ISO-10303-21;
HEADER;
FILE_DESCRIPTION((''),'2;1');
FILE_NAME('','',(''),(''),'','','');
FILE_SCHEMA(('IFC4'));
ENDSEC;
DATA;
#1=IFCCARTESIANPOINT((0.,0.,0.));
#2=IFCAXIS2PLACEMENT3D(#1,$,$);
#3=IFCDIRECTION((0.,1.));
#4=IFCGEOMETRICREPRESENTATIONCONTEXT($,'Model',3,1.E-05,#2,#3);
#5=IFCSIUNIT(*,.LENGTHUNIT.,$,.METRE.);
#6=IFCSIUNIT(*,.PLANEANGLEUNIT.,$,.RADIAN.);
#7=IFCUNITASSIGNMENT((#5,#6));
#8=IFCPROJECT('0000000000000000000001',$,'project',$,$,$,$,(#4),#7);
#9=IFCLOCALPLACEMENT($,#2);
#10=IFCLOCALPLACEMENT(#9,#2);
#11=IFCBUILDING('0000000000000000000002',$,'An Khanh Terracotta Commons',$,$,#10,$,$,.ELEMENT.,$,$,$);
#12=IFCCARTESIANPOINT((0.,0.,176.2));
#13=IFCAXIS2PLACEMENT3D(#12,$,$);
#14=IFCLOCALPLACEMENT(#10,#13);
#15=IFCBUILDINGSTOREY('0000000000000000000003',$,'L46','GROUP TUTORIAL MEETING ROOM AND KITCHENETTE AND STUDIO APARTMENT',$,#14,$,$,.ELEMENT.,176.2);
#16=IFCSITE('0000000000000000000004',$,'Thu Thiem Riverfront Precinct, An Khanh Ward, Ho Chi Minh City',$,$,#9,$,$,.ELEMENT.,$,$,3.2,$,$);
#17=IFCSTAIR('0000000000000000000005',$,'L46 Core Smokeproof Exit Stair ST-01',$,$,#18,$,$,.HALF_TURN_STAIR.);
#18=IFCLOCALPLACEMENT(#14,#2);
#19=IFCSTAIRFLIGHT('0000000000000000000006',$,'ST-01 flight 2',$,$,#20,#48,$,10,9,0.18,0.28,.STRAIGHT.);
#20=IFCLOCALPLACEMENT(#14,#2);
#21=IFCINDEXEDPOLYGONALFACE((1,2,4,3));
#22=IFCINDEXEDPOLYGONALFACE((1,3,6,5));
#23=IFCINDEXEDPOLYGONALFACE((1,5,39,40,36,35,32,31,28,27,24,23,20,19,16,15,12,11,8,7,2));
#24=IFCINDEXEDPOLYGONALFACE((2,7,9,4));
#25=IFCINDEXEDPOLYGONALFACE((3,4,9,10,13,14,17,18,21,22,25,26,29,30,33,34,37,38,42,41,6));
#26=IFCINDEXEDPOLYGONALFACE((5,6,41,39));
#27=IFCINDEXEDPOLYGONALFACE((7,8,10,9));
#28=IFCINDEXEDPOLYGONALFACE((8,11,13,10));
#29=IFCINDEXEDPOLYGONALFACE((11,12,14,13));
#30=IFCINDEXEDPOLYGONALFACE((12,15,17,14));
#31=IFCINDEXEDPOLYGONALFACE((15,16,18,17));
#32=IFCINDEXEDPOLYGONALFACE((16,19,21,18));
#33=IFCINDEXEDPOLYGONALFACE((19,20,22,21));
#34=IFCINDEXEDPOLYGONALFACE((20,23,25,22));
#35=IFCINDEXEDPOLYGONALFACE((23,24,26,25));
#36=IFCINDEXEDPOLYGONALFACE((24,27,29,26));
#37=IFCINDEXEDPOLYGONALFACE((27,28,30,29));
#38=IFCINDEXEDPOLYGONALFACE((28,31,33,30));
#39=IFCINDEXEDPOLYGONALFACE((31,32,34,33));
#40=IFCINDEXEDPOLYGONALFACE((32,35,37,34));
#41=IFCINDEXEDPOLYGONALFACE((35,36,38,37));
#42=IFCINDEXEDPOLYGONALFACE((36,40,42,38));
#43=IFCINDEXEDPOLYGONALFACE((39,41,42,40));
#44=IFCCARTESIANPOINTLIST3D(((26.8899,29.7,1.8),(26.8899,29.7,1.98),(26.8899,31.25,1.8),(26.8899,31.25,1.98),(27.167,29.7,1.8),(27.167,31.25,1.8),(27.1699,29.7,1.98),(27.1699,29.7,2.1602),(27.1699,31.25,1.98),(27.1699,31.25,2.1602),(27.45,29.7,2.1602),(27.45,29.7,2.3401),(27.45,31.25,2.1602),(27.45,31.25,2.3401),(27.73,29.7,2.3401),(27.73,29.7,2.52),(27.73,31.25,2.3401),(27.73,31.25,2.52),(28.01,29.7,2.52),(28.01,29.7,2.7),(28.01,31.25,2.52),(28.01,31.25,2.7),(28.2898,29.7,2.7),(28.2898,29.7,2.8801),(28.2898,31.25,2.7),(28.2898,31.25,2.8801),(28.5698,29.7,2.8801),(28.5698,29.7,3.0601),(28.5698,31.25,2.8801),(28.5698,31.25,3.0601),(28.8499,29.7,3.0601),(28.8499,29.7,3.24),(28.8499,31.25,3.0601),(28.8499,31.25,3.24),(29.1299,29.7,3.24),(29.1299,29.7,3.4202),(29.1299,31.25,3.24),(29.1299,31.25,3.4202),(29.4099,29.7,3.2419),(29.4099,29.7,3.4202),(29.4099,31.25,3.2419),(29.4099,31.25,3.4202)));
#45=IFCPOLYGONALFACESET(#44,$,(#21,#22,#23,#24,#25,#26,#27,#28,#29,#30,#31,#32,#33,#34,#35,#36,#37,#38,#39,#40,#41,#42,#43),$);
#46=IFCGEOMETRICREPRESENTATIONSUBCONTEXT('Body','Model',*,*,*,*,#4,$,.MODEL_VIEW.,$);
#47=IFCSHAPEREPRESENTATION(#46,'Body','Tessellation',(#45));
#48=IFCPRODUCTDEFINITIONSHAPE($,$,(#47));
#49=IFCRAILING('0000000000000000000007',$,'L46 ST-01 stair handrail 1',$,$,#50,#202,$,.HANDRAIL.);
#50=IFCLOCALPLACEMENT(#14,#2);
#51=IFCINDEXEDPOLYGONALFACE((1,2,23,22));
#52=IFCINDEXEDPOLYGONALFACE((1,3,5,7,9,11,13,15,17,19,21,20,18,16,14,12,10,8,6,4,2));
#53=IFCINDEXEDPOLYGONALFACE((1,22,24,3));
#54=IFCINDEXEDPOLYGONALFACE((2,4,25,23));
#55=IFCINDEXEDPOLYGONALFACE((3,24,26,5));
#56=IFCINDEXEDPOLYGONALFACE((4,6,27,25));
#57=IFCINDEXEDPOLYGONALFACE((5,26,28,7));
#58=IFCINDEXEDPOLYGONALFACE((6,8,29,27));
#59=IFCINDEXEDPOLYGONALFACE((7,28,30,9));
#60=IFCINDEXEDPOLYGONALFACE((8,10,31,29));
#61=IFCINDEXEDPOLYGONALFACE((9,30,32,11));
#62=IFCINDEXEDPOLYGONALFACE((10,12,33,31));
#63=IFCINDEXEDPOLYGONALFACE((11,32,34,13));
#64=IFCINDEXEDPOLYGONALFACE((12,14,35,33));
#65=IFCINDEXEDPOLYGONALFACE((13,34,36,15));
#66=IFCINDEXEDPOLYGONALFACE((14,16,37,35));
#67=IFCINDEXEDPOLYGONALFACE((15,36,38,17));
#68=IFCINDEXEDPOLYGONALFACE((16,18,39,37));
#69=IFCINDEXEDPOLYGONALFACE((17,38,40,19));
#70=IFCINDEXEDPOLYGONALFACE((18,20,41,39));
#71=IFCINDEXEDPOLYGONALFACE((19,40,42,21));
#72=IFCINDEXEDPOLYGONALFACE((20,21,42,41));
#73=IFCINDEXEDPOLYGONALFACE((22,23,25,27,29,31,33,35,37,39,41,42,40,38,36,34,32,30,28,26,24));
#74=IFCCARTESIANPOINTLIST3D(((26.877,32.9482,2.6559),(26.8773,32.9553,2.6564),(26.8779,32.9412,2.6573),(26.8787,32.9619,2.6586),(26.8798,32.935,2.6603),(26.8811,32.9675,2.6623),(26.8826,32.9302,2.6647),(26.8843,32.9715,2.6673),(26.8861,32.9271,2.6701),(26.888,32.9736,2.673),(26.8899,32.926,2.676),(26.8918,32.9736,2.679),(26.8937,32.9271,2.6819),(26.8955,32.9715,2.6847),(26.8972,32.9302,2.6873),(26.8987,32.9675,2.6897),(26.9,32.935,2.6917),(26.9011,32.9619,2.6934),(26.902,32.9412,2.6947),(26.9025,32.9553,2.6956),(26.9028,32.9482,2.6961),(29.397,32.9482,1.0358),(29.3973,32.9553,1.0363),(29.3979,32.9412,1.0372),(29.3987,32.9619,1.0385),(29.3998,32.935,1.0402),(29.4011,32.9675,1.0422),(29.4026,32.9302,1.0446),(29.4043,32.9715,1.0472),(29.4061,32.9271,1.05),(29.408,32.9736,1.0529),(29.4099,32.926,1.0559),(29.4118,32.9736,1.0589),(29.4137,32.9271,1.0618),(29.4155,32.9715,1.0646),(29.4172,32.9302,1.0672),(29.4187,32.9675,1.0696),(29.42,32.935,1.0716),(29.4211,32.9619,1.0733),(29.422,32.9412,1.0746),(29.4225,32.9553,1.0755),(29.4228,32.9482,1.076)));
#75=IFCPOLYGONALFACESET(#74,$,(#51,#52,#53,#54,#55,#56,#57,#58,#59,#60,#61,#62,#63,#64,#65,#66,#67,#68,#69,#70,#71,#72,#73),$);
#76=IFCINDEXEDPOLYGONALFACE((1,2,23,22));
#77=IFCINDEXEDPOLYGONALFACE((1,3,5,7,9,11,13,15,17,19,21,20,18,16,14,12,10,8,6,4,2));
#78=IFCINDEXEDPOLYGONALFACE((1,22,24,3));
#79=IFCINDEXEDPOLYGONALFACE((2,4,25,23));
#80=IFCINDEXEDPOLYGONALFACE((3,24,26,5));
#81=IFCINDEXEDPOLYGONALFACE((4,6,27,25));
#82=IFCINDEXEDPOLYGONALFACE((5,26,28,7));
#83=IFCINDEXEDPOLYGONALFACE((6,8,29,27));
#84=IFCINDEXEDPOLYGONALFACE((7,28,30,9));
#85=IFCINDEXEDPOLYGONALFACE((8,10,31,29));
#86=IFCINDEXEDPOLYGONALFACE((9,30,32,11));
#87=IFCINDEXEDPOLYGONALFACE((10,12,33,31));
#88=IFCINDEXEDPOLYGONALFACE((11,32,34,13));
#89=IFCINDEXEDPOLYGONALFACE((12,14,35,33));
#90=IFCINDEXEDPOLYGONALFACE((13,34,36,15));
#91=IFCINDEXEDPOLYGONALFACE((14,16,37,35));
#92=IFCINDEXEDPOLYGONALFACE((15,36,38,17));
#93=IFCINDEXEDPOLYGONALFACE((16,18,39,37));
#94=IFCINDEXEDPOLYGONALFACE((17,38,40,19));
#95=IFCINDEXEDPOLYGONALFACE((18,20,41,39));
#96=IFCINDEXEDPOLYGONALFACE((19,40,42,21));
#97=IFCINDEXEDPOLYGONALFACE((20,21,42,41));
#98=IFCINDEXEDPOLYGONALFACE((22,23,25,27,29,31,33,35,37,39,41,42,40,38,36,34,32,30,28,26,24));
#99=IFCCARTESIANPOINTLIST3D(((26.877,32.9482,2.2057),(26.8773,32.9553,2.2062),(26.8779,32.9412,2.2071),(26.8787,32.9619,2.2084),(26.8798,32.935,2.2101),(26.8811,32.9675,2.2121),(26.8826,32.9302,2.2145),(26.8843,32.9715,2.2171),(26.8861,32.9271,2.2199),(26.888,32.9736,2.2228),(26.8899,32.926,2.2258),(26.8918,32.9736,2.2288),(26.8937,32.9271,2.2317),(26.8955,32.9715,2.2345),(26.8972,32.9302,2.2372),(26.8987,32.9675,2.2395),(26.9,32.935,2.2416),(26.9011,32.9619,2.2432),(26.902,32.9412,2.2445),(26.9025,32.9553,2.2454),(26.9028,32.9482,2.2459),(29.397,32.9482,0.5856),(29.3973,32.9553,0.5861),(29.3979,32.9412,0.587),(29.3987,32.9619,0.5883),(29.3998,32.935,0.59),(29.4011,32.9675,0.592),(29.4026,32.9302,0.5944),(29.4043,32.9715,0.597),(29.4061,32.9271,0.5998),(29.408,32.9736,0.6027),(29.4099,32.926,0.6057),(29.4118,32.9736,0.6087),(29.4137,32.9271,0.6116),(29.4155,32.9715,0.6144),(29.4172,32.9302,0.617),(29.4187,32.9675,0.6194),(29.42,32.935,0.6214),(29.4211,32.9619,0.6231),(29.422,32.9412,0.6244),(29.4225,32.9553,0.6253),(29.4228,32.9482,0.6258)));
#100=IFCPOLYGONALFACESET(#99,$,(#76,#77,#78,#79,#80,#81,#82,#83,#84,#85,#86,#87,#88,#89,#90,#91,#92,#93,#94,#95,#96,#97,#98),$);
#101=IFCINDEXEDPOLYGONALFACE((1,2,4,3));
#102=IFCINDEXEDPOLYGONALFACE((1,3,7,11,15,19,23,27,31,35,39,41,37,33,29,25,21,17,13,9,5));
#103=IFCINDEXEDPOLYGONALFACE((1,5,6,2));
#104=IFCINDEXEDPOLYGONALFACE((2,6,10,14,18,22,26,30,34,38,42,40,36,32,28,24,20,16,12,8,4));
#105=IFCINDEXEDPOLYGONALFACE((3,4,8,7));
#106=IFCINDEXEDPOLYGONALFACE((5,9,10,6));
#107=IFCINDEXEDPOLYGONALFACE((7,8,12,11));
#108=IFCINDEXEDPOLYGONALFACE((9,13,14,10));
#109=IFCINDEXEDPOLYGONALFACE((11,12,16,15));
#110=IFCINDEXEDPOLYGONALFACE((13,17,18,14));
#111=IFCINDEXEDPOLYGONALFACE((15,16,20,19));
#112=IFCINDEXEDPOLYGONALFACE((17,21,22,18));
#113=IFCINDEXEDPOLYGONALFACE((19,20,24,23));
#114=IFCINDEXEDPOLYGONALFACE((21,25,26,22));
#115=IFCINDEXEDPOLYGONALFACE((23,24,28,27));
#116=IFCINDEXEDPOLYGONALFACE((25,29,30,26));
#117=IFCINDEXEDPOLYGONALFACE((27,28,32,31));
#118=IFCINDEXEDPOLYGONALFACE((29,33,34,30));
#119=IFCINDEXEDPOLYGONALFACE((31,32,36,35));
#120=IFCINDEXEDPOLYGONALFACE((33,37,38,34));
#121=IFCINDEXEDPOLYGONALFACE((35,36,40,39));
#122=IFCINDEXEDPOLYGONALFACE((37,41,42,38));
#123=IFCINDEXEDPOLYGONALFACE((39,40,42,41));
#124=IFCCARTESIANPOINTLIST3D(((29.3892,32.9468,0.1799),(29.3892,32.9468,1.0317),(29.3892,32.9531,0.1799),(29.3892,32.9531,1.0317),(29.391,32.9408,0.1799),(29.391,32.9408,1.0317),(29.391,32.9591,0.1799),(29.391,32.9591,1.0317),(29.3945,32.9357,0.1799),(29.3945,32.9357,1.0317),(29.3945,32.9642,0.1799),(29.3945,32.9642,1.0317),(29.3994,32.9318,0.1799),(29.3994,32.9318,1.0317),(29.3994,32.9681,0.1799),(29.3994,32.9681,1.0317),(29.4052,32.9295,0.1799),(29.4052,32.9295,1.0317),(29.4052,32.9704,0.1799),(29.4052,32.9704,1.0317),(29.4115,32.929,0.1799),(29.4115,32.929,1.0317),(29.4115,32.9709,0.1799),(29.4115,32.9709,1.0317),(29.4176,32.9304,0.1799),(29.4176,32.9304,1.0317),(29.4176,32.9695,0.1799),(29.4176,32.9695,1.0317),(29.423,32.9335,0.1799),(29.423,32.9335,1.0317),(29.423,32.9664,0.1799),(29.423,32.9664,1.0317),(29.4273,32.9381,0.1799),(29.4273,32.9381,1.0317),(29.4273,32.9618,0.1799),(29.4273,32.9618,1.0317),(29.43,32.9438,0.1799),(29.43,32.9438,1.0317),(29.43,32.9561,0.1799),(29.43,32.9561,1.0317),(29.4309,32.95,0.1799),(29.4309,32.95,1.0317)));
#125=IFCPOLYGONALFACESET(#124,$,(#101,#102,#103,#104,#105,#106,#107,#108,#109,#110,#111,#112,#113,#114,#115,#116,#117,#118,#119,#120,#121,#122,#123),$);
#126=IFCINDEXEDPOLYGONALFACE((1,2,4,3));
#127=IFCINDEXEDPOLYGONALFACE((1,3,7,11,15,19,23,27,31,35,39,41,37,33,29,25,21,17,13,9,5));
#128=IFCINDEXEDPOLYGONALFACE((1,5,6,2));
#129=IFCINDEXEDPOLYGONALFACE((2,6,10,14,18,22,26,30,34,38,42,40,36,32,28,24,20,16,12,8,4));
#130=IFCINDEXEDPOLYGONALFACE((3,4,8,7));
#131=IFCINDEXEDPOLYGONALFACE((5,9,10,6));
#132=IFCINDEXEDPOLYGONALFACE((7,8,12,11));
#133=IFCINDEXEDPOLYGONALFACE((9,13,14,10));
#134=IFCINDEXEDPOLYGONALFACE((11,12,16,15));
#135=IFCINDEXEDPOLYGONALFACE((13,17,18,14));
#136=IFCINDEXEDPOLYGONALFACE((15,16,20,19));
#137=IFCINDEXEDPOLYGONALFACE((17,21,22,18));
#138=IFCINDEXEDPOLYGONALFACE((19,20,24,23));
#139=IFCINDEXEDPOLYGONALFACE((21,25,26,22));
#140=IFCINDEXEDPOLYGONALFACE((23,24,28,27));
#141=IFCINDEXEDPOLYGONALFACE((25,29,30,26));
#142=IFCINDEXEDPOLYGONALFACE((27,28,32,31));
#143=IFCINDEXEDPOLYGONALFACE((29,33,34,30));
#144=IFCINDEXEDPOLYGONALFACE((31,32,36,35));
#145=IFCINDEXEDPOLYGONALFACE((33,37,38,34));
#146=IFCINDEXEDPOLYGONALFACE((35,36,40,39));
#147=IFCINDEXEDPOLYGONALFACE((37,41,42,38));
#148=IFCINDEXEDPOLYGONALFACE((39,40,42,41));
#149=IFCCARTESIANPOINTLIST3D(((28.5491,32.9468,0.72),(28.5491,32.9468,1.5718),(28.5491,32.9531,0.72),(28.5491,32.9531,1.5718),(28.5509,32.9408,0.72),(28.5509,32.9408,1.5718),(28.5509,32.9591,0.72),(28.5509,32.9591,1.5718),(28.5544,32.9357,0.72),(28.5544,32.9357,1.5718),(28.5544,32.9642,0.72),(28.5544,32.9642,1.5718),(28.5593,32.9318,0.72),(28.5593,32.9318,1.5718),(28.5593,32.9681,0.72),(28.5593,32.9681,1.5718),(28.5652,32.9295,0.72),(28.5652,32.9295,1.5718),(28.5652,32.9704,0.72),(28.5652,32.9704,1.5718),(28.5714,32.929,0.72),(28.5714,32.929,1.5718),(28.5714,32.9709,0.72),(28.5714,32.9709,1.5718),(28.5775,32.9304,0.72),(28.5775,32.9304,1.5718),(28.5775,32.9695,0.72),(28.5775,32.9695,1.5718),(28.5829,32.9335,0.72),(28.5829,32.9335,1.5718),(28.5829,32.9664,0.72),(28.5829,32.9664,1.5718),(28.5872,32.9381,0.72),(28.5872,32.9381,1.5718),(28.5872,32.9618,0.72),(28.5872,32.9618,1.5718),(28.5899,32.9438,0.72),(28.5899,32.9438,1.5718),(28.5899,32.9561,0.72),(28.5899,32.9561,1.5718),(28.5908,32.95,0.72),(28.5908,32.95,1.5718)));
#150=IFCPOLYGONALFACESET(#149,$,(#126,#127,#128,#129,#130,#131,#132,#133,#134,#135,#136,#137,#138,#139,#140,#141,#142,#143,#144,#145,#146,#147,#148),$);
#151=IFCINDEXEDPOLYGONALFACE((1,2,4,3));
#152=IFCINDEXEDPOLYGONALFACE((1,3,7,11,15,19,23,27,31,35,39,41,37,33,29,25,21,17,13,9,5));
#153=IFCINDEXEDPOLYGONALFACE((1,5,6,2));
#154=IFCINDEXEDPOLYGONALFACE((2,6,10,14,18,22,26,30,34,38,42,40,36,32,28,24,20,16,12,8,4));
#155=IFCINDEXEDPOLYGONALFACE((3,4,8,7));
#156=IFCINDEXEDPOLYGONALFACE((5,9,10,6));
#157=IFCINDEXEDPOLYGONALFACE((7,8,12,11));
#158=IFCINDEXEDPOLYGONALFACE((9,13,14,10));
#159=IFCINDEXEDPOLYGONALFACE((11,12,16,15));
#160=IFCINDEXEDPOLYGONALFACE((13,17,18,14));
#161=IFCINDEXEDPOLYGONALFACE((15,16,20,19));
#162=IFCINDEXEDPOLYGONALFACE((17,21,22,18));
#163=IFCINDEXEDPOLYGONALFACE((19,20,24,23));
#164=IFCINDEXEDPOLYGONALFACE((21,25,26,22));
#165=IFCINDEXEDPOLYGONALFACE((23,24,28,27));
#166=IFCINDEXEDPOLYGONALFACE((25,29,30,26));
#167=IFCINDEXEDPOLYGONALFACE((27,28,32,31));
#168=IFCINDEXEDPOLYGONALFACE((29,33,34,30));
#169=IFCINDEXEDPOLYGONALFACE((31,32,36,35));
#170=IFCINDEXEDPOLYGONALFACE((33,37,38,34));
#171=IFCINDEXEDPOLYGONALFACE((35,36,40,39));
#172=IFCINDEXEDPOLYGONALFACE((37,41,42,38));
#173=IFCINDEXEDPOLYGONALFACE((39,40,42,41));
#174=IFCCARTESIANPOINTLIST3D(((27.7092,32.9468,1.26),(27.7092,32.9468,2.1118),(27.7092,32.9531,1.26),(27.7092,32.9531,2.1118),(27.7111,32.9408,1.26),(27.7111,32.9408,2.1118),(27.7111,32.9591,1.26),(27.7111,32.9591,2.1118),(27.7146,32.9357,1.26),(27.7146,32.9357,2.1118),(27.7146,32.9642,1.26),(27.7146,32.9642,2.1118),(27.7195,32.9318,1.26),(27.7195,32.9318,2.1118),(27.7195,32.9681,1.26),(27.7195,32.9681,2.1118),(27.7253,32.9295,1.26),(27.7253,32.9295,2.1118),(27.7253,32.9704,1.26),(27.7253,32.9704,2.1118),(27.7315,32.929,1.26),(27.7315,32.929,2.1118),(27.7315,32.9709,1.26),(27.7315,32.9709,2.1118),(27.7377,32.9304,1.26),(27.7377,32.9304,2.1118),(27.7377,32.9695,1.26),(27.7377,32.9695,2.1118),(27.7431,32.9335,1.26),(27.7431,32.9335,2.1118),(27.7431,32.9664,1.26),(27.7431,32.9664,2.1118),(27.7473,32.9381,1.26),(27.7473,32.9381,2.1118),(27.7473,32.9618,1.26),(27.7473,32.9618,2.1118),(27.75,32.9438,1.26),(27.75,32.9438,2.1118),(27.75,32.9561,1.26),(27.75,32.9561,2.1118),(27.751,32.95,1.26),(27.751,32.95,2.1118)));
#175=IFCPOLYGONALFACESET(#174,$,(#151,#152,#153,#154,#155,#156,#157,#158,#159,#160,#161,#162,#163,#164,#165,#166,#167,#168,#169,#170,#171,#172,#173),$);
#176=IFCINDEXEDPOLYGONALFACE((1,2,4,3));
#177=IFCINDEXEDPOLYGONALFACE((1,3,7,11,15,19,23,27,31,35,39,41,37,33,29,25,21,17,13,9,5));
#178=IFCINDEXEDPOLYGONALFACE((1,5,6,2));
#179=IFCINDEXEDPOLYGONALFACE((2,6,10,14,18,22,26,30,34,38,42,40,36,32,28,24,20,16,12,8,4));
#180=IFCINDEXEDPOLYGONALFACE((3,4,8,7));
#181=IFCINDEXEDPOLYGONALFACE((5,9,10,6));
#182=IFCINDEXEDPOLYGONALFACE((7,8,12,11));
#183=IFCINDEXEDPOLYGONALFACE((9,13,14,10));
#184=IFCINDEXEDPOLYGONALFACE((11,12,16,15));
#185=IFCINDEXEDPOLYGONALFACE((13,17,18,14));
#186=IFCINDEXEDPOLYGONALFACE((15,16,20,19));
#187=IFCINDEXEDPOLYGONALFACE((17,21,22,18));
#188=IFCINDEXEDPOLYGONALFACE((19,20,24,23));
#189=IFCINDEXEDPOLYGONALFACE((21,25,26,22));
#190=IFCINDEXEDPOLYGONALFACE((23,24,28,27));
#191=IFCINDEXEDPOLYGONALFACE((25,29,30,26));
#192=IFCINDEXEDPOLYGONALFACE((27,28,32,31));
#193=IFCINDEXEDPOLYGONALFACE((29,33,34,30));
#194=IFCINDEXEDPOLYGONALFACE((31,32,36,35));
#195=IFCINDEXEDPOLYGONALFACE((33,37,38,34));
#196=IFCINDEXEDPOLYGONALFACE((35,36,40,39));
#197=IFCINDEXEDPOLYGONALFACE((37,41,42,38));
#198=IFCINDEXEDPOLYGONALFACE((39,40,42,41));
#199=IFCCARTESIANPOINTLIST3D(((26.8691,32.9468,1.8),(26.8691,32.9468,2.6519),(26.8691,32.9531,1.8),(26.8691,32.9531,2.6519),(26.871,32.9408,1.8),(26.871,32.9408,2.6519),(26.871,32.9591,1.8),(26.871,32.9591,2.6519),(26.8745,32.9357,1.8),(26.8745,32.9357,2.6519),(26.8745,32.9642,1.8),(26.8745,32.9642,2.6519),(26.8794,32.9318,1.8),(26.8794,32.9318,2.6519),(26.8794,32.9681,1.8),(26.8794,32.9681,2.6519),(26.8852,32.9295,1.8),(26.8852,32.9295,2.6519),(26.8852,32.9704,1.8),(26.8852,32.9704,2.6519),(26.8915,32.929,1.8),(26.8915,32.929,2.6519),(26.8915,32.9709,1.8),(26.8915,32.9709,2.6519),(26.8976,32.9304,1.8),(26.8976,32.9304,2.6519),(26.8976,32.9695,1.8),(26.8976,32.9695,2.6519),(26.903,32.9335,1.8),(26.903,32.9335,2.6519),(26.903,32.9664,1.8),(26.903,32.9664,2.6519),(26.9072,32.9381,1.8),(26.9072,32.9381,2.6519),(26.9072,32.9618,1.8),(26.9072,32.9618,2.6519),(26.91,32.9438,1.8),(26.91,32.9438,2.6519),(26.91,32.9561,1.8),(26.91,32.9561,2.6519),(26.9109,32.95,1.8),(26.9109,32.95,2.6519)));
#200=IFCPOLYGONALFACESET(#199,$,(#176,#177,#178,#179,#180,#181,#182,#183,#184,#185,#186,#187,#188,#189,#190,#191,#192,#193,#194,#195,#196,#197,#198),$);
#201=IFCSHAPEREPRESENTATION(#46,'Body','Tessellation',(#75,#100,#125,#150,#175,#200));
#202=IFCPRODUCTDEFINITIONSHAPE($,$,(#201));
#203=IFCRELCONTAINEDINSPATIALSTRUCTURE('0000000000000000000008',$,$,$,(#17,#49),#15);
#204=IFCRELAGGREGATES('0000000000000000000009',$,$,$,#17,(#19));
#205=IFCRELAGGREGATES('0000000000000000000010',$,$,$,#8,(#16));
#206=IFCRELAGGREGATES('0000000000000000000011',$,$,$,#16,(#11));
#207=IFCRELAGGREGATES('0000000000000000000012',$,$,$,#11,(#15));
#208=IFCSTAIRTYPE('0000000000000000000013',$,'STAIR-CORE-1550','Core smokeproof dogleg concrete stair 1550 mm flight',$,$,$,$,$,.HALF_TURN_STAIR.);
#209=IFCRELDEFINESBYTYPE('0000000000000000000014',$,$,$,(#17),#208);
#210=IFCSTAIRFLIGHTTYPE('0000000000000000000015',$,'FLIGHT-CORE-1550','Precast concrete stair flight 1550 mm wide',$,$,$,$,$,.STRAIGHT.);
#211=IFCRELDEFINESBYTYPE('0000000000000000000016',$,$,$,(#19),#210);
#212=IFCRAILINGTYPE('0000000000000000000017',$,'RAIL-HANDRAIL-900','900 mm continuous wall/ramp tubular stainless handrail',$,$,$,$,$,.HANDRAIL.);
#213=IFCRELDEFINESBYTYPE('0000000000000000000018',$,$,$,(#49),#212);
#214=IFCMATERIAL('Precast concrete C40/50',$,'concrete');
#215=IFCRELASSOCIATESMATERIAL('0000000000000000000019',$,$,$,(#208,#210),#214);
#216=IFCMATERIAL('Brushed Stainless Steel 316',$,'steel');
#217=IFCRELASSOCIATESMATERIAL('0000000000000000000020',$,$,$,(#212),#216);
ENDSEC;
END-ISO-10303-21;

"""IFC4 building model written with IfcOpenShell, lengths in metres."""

from ifc_helpers import new_model, si_unit, direction, frame, origin, origin_2d, place, context, subcontext, project, spatial, polyline, circle, outline, extrude, material, type_object, element, aggregate, save


model = new_model("IFC4")

# Units and contexts
model_context = context("Model", 3, precision=1e-05, world=origin(), true_north=direction((0.0, 1.0)))
body_context = subcontext(model_context, "Body", "Model", "MODEL_VIEW")
ifc_project = project(units=[si_unit("LENGTHUNIT", "METRE"), si_unit("PLANEANGLEUNIT", "RADIAN")], contexts=[model_context])

# Site, building, storey
site_placement = place(None, origin())
site = spatial("IfcSite", under=ifc_project, at=site_placement, Name="Thu Thiem Riverfront Precinct, An Khanh Ward, Ho Chi Minh City", CompositionType="ELEMENT", RefElevation=3.2)
building_placement = place(site_placement, origin())
building = spatial("IfcBuilding", under=site, at=building_placement, Name="An Khanh Terracotta Commons", CompositionType="ELEMENT")
storey_placement = place(building_placement, frame((0.0, 0.0, 176.2)))
storey = spatial("IfcBuildingStorey", under=building, at=storey_placement, Name="L46", Description="GROUP TUTORIAL MEETING ROOM AND KITCHENETTE AND STUDIO APARTMENT", CompositionType="ELEMENT", Elevation=176.2)

# Stair, stair flight
ifc_material_1 = material(Name="Precast concrete C40/50", Category="concrete")
stair_type = type_object("IfcStairType", Name="STAIR-CORE-1550", Description="Core smokeproof dogleg concrete stair 1550 mm flight", PredefinedType="HALF_TURN_STAIR", material=ifc_material_1)
stair_placement = place(storey_placement, origin())
stair = element("IfcStair", 1, at=stair_placement, inside=storey, type_object=stair_type, Name="L46 Core Smokeproof Exit Stair ST-01", PredefinedType="HALF_TURN_STAIR")
stair_flight_type = type_object("IfcStairFlightType", Name="FLIGHT-CORE-1550", Description="Precast concrete stair flight 1550 mm wide", PredefinedType="STRAIGHT", material=ifc_material_1)
stair_flight_1_placement = place(storey_placement, frame((26.8899, 30.4751, 1.8), z_axis=(0.0, 0.0, 1.0), x_axis=(1.0, 0.0, 0.0)))
stair_flight_1 = element("IfcStairFlight", 2, at=stair_flight_1_placement, type_object=stair_flight_type, Name="ST-01 flight 2", NumberOfRisers=10, NumberOfTreads=9, PredefinedType="STRAIGHT", RiserHeight=0.18, TreadLength=0.28, context=body_context, shape_type="SweptSolid", body=[
    extrude(outline(polyline([(0.0, 0.0), (0.0, 0.1799), (0.28, 0.1799), (0.28, 0.3601), (0.5601, 0.3601), (0.5601, 0.54), (0.8401, 0.54), (0.8401, 0.72), (1.1201, 0.72), (1.1201, 0.8999), (1.3999, 0.8999), (1.3999, 1.0801), (1.6799, 1.0801), (1.6799, 1.26), (1.96, 1.26), (1.96, 1.4399), (2.24, 1.4399), (2.24, 1.6201), (2.52, 1.6201), (2.52, 1.8), (2.52, 1.4419), (0.2771, 0.0), (0.0, 0.0)])), frame((0.0, 0.7749, 0.0), z_axis=(0.0, -1.0, 0.0), x_axis=(1.0, 0.0, 0.0)), (0.0, 0.0, 1.0), 1.55),
])
aggregate(stair, [stair_flight_1])

# Railing
ifc_material_2 = material(Name="Brushed Stainless Steel 316", Category="steel")
railing_type_1 = type_object("IfcRailingType", Name="RAIL-HANDRAIL-900", Description="900 mm continuous wall/ramp tubular stainless handrail", PredefinedType="HANDRAIL", material=ifc_material_2)
railing_1_placement = place(storey_placement, frame((29.4099, 32.95, 0.1799)))
element("IfcRailing", 3, at=railing_1_placement, inside=storey, type_object=railing_type_1, Name="L46 ST-01 stair handrail 1", PredefinedType="HANDRAIL", context=body_context, shape_type="SweptSolid", body=[
    extrude(circle(Radius=0.0239, at=origin_2d()), frame((0.0, 0.0, 0.876), z_axis=(-0.841163, 0.0, 0.540782), x_axis=(0.0, -1.0, 0.0)), (0.0, 0.0, 1.0), 2.9958),
    extrude(circle(Radius=0.0239, at=origin_2d()), frame((0.0, 0.0, 0.4258), z_axis=(-0.841163, 0.0, 0.540782), x_axis=(0.0, -1.0, 0.0)), (0.0, 0.0, 1.0), 2.9958),
    extrude(circle(Radius=0.021, at=origin_2d()), origin(), (0.0, 0.0, 1.0), 0.8518),
    extrude(circle(Radius=0.021, at=origin_2d()), frame((-0.8401, 0.0, 0.54)), (0.0, 0.0, 1.0), 0.8518),
    extrude(circle(Radius=0.021, at=origin_2d()), frame((-1.6799, 0.0, 1.0801)), (0.0, 0.0, 1.0), 0.8518),
    extrude(circle(Radius=0.021, at=origin_2d()), frame((-2.52, 0.0, 1.6201)), (0.0, 0.0, 1.0), 0.8518),
])

save(model, "model.ifc")
